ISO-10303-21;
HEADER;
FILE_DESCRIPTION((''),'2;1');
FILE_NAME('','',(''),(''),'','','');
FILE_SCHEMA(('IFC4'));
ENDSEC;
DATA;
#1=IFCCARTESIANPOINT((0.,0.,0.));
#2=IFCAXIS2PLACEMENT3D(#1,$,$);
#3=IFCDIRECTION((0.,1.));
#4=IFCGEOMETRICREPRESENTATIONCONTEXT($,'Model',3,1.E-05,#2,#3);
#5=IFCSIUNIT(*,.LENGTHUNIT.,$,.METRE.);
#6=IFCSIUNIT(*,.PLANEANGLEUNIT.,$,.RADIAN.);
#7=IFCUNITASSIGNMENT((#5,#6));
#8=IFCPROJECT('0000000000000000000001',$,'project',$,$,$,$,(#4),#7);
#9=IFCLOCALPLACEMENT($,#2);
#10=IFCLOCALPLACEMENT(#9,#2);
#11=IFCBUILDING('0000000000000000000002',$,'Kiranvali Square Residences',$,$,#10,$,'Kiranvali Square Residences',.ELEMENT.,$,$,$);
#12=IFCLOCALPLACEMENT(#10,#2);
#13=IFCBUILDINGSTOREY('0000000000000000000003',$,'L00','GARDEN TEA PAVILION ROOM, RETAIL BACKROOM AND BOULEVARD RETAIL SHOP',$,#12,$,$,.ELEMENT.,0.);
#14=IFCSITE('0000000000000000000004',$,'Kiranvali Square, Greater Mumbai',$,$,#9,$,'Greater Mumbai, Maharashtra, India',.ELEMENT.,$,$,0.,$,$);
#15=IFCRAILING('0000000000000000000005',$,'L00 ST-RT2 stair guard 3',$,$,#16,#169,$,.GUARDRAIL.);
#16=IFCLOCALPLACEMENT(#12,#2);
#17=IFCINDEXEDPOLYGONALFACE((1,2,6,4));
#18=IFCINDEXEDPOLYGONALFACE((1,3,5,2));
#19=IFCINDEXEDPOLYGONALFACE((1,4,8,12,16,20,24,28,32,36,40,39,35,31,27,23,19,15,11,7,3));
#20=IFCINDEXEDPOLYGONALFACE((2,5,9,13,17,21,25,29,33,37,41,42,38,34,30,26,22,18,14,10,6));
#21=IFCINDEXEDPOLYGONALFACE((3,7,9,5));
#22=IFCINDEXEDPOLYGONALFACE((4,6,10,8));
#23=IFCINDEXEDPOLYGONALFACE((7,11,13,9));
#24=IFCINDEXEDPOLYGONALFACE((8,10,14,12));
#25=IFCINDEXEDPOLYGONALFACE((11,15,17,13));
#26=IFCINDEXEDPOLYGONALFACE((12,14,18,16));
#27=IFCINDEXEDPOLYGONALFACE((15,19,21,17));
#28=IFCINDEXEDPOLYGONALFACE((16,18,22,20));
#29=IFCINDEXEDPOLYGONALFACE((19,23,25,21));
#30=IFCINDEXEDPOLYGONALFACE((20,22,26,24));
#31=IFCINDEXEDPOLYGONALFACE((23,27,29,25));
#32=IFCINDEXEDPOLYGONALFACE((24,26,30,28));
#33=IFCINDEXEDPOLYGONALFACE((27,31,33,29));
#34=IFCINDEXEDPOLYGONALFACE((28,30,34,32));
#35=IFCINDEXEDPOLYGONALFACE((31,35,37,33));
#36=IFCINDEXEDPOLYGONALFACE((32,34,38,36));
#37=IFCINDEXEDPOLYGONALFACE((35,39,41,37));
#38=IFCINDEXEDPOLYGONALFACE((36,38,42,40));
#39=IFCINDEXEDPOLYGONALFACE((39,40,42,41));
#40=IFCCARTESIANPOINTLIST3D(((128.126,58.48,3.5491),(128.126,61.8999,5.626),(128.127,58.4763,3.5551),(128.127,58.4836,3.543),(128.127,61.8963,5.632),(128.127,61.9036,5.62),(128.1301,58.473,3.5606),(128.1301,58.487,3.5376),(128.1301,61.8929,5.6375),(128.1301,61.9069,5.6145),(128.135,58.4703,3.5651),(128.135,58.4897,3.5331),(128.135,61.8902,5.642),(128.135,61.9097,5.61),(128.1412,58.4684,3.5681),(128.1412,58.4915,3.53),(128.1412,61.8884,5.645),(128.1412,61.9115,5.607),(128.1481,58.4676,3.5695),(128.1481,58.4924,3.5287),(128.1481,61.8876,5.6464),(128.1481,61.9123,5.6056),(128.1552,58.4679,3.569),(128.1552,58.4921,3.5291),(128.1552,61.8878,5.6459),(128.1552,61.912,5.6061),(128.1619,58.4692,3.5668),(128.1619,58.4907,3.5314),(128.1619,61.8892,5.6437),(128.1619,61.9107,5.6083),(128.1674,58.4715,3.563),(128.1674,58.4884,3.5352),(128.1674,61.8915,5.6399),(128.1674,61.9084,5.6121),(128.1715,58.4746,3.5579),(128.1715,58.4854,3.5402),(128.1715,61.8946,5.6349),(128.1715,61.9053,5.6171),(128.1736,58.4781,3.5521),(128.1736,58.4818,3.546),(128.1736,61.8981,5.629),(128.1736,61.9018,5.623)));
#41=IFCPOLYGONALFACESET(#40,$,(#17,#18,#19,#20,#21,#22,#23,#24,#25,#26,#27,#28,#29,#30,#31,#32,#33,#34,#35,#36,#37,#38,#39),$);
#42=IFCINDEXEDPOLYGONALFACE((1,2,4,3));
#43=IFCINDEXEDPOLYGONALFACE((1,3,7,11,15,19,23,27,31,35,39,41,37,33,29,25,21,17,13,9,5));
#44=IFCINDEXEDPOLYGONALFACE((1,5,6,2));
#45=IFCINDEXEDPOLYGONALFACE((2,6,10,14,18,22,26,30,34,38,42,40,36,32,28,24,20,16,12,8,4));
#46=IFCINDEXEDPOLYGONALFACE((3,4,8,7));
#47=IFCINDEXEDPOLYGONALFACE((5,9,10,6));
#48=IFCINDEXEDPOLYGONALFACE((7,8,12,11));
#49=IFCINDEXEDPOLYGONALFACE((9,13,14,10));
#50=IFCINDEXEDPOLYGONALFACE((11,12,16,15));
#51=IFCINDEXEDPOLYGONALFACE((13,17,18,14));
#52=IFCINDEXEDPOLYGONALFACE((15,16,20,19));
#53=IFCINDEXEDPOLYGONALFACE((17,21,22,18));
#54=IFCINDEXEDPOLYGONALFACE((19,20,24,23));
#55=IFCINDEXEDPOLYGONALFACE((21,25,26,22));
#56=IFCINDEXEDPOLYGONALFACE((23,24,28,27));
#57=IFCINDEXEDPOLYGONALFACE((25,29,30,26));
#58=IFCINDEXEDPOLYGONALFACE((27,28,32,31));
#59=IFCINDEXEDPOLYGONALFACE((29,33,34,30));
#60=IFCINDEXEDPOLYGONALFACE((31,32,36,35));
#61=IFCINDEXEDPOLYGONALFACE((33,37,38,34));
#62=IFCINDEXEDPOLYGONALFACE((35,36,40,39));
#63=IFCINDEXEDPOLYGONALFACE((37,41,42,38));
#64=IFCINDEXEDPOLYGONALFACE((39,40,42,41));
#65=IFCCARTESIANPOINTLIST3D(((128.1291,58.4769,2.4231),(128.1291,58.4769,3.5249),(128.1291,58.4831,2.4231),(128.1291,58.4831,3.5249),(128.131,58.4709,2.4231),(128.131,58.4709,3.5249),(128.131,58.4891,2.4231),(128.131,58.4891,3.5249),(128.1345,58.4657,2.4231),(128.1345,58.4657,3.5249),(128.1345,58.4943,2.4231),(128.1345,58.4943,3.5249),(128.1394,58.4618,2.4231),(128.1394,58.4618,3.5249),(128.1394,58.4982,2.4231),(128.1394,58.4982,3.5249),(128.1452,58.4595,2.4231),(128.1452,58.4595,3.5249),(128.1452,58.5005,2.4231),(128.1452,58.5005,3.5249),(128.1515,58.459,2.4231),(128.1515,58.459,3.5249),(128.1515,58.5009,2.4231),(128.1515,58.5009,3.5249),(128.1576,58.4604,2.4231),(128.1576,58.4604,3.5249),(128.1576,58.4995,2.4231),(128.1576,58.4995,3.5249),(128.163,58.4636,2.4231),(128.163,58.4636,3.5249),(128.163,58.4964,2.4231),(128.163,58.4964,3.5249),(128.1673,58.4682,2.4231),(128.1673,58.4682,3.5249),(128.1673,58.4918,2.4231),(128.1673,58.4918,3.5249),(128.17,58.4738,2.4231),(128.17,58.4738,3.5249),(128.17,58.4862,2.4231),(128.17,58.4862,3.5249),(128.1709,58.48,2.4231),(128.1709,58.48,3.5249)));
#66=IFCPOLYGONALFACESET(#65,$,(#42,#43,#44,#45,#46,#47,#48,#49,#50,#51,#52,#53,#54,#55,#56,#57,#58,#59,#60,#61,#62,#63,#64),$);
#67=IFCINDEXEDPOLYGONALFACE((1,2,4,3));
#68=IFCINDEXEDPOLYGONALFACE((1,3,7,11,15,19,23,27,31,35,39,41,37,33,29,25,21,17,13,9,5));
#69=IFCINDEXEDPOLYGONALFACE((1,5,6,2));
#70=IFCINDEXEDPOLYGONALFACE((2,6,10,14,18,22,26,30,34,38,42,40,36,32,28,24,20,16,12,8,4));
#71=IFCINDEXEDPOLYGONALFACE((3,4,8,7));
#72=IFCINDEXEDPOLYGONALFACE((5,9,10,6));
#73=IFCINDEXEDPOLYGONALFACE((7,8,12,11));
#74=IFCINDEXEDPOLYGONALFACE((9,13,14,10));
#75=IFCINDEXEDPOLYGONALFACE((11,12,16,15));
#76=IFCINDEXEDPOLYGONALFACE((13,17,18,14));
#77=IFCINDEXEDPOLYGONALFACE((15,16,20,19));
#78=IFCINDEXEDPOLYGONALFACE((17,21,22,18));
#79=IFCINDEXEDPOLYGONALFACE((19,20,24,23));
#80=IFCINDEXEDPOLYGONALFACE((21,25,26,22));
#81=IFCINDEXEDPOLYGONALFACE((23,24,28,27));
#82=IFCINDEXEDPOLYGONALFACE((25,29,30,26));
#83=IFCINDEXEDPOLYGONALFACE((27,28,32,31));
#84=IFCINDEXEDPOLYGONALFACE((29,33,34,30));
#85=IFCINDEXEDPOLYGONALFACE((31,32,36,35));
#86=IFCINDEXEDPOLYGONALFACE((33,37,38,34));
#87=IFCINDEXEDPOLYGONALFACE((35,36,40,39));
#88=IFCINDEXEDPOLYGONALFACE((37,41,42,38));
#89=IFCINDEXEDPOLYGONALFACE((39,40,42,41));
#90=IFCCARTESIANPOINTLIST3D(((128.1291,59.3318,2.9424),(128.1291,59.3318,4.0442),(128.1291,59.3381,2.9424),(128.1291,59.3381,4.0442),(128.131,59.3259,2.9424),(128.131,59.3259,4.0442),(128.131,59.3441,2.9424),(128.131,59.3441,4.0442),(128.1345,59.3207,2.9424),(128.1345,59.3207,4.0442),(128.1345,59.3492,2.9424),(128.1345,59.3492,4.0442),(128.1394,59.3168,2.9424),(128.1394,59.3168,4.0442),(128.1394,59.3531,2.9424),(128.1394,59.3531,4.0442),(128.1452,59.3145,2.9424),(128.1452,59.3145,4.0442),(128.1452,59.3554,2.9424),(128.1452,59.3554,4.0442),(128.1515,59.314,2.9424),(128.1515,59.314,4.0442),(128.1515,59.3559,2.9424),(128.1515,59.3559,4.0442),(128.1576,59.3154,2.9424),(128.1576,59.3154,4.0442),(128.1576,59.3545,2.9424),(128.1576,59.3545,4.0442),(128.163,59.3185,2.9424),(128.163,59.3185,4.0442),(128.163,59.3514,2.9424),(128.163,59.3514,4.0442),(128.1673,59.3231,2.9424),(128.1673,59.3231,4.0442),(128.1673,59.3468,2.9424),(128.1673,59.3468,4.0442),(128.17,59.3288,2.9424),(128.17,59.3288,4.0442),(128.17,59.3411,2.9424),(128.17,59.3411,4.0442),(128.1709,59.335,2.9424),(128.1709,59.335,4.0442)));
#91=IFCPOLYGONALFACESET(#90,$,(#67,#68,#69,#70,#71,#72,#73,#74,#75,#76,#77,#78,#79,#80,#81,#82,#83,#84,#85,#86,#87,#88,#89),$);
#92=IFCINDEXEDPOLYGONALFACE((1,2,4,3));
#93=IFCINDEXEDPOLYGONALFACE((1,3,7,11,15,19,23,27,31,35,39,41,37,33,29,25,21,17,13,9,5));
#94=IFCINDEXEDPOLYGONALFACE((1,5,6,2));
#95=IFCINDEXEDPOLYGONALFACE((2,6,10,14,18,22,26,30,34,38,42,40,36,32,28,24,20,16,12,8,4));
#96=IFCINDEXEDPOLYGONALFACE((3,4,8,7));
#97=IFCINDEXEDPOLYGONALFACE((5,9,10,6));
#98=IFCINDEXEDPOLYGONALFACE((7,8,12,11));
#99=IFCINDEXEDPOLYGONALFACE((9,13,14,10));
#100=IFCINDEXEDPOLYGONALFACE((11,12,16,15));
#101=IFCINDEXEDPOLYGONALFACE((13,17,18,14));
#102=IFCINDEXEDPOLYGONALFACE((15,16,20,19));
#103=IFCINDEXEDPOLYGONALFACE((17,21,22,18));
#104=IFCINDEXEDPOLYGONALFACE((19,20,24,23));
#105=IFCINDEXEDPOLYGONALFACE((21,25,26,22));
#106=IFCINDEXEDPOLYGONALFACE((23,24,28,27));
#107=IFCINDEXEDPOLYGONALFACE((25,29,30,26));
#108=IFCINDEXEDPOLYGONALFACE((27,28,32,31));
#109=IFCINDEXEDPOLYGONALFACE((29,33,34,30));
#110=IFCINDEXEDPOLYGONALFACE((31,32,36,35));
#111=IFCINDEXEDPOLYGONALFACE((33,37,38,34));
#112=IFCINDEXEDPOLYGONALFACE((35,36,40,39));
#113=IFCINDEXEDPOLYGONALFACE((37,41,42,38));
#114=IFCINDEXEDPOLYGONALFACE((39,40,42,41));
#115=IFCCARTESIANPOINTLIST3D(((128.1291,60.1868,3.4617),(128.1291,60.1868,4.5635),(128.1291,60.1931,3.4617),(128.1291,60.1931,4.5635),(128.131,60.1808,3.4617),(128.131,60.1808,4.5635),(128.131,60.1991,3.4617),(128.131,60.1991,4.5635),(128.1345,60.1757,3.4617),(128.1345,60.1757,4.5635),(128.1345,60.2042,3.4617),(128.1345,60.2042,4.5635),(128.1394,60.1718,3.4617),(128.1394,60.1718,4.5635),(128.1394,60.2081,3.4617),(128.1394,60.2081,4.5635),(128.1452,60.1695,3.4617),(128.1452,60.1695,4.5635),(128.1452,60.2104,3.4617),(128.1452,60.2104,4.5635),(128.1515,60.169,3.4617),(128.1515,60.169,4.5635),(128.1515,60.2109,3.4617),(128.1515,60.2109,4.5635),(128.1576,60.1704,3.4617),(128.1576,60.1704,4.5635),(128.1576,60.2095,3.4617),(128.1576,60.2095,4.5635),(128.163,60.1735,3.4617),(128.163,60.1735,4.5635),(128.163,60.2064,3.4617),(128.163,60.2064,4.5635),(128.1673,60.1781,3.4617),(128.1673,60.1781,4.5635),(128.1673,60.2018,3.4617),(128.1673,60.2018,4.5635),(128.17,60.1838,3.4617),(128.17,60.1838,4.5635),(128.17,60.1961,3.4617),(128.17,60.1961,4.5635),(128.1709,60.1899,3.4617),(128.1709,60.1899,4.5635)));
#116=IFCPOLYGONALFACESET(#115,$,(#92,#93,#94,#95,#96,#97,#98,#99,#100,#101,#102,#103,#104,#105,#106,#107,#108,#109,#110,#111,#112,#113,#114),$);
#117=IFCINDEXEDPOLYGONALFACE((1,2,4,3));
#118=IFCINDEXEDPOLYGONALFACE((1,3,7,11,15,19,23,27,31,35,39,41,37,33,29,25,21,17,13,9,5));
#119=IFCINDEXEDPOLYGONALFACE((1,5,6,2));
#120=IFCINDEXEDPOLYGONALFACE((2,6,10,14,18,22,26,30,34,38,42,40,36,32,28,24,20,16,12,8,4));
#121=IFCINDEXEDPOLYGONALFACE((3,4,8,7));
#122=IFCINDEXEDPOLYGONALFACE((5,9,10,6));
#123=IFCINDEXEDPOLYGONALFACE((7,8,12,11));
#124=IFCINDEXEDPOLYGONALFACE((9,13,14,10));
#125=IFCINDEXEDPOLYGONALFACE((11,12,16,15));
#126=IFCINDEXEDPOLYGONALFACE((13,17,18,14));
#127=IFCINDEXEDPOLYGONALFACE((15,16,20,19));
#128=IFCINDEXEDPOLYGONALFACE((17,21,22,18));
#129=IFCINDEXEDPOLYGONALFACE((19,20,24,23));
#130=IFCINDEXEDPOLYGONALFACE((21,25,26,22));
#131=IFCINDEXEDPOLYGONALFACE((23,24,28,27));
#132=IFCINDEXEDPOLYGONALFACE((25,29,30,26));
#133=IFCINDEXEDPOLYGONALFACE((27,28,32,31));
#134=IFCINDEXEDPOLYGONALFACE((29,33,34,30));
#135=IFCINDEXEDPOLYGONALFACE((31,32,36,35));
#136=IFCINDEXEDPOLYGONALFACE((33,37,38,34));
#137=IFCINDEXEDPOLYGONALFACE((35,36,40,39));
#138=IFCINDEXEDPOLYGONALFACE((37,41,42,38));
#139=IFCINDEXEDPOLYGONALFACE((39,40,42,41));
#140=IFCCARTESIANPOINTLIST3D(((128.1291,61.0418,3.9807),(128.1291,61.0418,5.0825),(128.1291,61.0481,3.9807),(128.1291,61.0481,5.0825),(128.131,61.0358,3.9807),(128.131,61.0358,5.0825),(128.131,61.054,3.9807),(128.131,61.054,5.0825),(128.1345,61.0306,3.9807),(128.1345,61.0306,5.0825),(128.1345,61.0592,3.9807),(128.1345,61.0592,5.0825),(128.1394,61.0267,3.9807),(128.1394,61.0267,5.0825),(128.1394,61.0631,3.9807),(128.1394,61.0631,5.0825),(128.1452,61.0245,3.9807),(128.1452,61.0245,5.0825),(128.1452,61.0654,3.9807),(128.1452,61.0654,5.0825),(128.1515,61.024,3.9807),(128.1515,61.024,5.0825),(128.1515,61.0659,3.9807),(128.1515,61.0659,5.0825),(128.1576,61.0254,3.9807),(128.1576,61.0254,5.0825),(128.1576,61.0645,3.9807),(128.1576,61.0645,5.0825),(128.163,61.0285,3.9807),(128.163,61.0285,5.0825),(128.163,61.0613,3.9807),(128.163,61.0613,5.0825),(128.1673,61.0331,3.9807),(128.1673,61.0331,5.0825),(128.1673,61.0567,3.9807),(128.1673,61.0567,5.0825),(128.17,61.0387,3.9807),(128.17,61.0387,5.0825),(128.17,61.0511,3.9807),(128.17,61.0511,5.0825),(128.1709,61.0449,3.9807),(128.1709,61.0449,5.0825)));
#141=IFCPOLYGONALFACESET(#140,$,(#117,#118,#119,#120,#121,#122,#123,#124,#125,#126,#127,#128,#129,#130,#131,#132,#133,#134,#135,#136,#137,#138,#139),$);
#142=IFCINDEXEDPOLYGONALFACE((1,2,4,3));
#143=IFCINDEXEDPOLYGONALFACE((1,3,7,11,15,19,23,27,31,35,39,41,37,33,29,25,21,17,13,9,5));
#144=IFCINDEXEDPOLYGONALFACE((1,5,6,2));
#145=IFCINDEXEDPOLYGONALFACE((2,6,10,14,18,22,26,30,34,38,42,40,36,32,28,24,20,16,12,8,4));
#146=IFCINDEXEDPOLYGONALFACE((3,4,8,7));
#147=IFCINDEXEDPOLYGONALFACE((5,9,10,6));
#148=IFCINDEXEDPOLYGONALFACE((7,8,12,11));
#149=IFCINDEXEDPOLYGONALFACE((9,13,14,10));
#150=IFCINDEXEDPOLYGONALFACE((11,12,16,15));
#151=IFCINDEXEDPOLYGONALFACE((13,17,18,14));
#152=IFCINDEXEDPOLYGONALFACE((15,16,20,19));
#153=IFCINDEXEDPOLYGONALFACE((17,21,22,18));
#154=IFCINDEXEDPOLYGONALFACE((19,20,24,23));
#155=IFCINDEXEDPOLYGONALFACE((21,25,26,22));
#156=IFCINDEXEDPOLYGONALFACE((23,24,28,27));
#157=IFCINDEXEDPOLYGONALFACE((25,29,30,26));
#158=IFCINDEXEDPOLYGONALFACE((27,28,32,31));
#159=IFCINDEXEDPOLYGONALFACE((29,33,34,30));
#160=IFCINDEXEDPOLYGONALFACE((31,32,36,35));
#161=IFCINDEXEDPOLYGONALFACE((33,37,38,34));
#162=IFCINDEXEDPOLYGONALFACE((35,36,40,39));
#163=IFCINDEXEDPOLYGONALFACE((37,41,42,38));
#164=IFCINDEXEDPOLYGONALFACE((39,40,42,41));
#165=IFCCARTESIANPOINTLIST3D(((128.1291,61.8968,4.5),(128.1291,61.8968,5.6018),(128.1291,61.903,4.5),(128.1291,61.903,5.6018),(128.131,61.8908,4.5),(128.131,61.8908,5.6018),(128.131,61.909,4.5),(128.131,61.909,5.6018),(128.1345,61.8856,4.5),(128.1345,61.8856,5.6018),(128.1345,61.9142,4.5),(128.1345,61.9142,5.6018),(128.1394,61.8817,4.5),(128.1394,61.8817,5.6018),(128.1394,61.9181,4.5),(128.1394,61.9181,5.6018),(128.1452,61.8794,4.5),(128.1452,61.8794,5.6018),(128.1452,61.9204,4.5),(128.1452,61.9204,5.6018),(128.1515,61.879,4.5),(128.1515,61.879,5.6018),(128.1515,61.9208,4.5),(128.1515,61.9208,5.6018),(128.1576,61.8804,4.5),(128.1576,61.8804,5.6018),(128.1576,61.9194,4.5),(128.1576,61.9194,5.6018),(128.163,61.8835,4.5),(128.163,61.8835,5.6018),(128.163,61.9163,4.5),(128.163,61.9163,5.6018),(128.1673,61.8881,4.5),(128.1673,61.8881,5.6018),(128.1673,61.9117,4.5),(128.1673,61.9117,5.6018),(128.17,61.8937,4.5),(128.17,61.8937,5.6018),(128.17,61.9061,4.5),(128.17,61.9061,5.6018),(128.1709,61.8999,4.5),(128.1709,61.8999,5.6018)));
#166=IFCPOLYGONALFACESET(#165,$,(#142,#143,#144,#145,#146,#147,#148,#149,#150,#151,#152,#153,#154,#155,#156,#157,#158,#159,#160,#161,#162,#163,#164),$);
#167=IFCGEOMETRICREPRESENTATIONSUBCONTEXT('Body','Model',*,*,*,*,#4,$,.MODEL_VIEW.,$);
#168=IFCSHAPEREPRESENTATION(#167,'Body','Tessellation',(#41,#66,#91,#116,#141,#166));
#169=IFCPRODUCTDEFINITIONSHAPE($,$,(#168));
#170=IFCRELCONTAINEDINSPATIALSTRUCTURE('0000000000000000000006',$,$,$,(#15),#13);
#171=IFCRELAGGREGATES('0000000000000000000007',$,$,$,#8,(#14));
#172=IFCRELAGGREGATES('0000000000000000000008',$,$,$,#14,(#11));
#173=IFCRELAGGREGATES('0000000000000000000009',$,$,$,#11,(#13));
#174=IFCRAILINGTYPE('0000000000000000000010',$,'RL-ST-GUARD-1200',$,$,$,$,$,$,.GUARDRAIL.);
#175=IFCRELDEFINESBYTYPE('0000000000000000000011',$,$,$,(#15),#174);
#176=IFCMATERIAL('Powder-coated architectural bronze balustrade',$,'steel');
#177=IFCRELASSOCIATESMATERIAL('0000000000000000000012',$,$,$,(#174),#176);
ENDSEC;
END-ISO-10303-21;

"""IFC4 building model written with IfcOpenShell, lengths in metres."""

from ifc_helpers import new_model, si_unit, direction, frame, origin, origin_2d, place, context, subcontext, project, spatial, circle, extrude, material, type_object, element, save


model = new_model("IFC4")

# Units and contexts
model_context = context("Model", 3, precision=1e-05, world=origin(), true_north=direction((0.0, 1.0)))
body_context = subcontext(model_context, "Body", "Model", "MODEL_VIEW")
ifc_project = project(units=[si_unit("LENGTHUNIT", "METRE"), si_unit("PLANEANGLEUNIT", "RADIAN")], contexts=[model_context])

# Site, building, storey
site_placement = place(None, origin())
site = spatial("IfcSite", under=ifc_project, at=site_placement, Name="Kiranvali Square, Greater Mumbai", LongName="Greater Mumbai, Maharashtra, India", CompositionType="ELEMENT", RefElevation=0.0)
building_placement = place(site_placement, origin())
building = spatial("IfcBuilding", under=site, at=building_placement, Name="Kiranvali Square Residences", LongName="Kiranvali Square Residences", CompositionType="ELEMENT")
storey_placement = place(building_placement, origin())
storey = spatial("IfcBuildingStorey", under=building, at=storey_placement, Name="L00", Description="GARDEN TEA PAVILION ROOM, RETAIL BACKROOM AND BOULEVARD RETAIL SHOP", CompositionType="ELEMENT", Elevation=0.0)

# Railing
ifc_material_1 = material(Name="Powder-coated architectural bronze balustrade", Category="steel")
railing_type_1 = type_object("IfcRailingType", Name="RL-ST-GUARD-1200", PredefinedType="GUARDRAIL", material=ifc_material_1)
railing_1_placement = place(storey_placement, frame((128.1499, 58.48, 2.4231)))
element("IfcRailing", 1, at=railing_1_placement, inside=storey, type_object=railing_type_1, Name="L00 ST-RT2 stair guard 3", PredefinedType="GUARDRAIL", context=body_context, shape_type="SweptSolid", body=[
    extrude(circle(Radius=0.0239, at=origin_2d()), frame((0.0, 0.0, 1.126), z_axis=(0.0, 0.85473, 0.519074), x_axis=(-1.0, 0.0, 0.0)), (0.0, 0.0, 1.0), 4.0012),
    extrude(circle(Radius=0.021, at=origin_2d()), origin(), (0.0, 0.0, 1.0), 1.1018),
    extrude(circle(Radius=0.021, at=origin_2d()), frame((0.0, 0.855, 0.5193)), (0.0, 0.0, 1.0), 1.1018),
    extrude(circle(Radius=0.021, at=origin_2d()), frame((0.0, 1.71, 1.0386)), (0.0, 0.0, 1.0), 1.1018),
    extrude(circle(Radius=0.021, at=origin_2d()), frame((0.0, 2.5649, 1.5576)), (0.0, 0.0, 1.0), 1.1018),
    extrude(circle(Radius=0.021, at=origin_2d()), frame((0.0, 3.4199, 2.0769)), (0.0, 0.0, 1.0), 1.1018),
])

save(model, "model.ifc")
